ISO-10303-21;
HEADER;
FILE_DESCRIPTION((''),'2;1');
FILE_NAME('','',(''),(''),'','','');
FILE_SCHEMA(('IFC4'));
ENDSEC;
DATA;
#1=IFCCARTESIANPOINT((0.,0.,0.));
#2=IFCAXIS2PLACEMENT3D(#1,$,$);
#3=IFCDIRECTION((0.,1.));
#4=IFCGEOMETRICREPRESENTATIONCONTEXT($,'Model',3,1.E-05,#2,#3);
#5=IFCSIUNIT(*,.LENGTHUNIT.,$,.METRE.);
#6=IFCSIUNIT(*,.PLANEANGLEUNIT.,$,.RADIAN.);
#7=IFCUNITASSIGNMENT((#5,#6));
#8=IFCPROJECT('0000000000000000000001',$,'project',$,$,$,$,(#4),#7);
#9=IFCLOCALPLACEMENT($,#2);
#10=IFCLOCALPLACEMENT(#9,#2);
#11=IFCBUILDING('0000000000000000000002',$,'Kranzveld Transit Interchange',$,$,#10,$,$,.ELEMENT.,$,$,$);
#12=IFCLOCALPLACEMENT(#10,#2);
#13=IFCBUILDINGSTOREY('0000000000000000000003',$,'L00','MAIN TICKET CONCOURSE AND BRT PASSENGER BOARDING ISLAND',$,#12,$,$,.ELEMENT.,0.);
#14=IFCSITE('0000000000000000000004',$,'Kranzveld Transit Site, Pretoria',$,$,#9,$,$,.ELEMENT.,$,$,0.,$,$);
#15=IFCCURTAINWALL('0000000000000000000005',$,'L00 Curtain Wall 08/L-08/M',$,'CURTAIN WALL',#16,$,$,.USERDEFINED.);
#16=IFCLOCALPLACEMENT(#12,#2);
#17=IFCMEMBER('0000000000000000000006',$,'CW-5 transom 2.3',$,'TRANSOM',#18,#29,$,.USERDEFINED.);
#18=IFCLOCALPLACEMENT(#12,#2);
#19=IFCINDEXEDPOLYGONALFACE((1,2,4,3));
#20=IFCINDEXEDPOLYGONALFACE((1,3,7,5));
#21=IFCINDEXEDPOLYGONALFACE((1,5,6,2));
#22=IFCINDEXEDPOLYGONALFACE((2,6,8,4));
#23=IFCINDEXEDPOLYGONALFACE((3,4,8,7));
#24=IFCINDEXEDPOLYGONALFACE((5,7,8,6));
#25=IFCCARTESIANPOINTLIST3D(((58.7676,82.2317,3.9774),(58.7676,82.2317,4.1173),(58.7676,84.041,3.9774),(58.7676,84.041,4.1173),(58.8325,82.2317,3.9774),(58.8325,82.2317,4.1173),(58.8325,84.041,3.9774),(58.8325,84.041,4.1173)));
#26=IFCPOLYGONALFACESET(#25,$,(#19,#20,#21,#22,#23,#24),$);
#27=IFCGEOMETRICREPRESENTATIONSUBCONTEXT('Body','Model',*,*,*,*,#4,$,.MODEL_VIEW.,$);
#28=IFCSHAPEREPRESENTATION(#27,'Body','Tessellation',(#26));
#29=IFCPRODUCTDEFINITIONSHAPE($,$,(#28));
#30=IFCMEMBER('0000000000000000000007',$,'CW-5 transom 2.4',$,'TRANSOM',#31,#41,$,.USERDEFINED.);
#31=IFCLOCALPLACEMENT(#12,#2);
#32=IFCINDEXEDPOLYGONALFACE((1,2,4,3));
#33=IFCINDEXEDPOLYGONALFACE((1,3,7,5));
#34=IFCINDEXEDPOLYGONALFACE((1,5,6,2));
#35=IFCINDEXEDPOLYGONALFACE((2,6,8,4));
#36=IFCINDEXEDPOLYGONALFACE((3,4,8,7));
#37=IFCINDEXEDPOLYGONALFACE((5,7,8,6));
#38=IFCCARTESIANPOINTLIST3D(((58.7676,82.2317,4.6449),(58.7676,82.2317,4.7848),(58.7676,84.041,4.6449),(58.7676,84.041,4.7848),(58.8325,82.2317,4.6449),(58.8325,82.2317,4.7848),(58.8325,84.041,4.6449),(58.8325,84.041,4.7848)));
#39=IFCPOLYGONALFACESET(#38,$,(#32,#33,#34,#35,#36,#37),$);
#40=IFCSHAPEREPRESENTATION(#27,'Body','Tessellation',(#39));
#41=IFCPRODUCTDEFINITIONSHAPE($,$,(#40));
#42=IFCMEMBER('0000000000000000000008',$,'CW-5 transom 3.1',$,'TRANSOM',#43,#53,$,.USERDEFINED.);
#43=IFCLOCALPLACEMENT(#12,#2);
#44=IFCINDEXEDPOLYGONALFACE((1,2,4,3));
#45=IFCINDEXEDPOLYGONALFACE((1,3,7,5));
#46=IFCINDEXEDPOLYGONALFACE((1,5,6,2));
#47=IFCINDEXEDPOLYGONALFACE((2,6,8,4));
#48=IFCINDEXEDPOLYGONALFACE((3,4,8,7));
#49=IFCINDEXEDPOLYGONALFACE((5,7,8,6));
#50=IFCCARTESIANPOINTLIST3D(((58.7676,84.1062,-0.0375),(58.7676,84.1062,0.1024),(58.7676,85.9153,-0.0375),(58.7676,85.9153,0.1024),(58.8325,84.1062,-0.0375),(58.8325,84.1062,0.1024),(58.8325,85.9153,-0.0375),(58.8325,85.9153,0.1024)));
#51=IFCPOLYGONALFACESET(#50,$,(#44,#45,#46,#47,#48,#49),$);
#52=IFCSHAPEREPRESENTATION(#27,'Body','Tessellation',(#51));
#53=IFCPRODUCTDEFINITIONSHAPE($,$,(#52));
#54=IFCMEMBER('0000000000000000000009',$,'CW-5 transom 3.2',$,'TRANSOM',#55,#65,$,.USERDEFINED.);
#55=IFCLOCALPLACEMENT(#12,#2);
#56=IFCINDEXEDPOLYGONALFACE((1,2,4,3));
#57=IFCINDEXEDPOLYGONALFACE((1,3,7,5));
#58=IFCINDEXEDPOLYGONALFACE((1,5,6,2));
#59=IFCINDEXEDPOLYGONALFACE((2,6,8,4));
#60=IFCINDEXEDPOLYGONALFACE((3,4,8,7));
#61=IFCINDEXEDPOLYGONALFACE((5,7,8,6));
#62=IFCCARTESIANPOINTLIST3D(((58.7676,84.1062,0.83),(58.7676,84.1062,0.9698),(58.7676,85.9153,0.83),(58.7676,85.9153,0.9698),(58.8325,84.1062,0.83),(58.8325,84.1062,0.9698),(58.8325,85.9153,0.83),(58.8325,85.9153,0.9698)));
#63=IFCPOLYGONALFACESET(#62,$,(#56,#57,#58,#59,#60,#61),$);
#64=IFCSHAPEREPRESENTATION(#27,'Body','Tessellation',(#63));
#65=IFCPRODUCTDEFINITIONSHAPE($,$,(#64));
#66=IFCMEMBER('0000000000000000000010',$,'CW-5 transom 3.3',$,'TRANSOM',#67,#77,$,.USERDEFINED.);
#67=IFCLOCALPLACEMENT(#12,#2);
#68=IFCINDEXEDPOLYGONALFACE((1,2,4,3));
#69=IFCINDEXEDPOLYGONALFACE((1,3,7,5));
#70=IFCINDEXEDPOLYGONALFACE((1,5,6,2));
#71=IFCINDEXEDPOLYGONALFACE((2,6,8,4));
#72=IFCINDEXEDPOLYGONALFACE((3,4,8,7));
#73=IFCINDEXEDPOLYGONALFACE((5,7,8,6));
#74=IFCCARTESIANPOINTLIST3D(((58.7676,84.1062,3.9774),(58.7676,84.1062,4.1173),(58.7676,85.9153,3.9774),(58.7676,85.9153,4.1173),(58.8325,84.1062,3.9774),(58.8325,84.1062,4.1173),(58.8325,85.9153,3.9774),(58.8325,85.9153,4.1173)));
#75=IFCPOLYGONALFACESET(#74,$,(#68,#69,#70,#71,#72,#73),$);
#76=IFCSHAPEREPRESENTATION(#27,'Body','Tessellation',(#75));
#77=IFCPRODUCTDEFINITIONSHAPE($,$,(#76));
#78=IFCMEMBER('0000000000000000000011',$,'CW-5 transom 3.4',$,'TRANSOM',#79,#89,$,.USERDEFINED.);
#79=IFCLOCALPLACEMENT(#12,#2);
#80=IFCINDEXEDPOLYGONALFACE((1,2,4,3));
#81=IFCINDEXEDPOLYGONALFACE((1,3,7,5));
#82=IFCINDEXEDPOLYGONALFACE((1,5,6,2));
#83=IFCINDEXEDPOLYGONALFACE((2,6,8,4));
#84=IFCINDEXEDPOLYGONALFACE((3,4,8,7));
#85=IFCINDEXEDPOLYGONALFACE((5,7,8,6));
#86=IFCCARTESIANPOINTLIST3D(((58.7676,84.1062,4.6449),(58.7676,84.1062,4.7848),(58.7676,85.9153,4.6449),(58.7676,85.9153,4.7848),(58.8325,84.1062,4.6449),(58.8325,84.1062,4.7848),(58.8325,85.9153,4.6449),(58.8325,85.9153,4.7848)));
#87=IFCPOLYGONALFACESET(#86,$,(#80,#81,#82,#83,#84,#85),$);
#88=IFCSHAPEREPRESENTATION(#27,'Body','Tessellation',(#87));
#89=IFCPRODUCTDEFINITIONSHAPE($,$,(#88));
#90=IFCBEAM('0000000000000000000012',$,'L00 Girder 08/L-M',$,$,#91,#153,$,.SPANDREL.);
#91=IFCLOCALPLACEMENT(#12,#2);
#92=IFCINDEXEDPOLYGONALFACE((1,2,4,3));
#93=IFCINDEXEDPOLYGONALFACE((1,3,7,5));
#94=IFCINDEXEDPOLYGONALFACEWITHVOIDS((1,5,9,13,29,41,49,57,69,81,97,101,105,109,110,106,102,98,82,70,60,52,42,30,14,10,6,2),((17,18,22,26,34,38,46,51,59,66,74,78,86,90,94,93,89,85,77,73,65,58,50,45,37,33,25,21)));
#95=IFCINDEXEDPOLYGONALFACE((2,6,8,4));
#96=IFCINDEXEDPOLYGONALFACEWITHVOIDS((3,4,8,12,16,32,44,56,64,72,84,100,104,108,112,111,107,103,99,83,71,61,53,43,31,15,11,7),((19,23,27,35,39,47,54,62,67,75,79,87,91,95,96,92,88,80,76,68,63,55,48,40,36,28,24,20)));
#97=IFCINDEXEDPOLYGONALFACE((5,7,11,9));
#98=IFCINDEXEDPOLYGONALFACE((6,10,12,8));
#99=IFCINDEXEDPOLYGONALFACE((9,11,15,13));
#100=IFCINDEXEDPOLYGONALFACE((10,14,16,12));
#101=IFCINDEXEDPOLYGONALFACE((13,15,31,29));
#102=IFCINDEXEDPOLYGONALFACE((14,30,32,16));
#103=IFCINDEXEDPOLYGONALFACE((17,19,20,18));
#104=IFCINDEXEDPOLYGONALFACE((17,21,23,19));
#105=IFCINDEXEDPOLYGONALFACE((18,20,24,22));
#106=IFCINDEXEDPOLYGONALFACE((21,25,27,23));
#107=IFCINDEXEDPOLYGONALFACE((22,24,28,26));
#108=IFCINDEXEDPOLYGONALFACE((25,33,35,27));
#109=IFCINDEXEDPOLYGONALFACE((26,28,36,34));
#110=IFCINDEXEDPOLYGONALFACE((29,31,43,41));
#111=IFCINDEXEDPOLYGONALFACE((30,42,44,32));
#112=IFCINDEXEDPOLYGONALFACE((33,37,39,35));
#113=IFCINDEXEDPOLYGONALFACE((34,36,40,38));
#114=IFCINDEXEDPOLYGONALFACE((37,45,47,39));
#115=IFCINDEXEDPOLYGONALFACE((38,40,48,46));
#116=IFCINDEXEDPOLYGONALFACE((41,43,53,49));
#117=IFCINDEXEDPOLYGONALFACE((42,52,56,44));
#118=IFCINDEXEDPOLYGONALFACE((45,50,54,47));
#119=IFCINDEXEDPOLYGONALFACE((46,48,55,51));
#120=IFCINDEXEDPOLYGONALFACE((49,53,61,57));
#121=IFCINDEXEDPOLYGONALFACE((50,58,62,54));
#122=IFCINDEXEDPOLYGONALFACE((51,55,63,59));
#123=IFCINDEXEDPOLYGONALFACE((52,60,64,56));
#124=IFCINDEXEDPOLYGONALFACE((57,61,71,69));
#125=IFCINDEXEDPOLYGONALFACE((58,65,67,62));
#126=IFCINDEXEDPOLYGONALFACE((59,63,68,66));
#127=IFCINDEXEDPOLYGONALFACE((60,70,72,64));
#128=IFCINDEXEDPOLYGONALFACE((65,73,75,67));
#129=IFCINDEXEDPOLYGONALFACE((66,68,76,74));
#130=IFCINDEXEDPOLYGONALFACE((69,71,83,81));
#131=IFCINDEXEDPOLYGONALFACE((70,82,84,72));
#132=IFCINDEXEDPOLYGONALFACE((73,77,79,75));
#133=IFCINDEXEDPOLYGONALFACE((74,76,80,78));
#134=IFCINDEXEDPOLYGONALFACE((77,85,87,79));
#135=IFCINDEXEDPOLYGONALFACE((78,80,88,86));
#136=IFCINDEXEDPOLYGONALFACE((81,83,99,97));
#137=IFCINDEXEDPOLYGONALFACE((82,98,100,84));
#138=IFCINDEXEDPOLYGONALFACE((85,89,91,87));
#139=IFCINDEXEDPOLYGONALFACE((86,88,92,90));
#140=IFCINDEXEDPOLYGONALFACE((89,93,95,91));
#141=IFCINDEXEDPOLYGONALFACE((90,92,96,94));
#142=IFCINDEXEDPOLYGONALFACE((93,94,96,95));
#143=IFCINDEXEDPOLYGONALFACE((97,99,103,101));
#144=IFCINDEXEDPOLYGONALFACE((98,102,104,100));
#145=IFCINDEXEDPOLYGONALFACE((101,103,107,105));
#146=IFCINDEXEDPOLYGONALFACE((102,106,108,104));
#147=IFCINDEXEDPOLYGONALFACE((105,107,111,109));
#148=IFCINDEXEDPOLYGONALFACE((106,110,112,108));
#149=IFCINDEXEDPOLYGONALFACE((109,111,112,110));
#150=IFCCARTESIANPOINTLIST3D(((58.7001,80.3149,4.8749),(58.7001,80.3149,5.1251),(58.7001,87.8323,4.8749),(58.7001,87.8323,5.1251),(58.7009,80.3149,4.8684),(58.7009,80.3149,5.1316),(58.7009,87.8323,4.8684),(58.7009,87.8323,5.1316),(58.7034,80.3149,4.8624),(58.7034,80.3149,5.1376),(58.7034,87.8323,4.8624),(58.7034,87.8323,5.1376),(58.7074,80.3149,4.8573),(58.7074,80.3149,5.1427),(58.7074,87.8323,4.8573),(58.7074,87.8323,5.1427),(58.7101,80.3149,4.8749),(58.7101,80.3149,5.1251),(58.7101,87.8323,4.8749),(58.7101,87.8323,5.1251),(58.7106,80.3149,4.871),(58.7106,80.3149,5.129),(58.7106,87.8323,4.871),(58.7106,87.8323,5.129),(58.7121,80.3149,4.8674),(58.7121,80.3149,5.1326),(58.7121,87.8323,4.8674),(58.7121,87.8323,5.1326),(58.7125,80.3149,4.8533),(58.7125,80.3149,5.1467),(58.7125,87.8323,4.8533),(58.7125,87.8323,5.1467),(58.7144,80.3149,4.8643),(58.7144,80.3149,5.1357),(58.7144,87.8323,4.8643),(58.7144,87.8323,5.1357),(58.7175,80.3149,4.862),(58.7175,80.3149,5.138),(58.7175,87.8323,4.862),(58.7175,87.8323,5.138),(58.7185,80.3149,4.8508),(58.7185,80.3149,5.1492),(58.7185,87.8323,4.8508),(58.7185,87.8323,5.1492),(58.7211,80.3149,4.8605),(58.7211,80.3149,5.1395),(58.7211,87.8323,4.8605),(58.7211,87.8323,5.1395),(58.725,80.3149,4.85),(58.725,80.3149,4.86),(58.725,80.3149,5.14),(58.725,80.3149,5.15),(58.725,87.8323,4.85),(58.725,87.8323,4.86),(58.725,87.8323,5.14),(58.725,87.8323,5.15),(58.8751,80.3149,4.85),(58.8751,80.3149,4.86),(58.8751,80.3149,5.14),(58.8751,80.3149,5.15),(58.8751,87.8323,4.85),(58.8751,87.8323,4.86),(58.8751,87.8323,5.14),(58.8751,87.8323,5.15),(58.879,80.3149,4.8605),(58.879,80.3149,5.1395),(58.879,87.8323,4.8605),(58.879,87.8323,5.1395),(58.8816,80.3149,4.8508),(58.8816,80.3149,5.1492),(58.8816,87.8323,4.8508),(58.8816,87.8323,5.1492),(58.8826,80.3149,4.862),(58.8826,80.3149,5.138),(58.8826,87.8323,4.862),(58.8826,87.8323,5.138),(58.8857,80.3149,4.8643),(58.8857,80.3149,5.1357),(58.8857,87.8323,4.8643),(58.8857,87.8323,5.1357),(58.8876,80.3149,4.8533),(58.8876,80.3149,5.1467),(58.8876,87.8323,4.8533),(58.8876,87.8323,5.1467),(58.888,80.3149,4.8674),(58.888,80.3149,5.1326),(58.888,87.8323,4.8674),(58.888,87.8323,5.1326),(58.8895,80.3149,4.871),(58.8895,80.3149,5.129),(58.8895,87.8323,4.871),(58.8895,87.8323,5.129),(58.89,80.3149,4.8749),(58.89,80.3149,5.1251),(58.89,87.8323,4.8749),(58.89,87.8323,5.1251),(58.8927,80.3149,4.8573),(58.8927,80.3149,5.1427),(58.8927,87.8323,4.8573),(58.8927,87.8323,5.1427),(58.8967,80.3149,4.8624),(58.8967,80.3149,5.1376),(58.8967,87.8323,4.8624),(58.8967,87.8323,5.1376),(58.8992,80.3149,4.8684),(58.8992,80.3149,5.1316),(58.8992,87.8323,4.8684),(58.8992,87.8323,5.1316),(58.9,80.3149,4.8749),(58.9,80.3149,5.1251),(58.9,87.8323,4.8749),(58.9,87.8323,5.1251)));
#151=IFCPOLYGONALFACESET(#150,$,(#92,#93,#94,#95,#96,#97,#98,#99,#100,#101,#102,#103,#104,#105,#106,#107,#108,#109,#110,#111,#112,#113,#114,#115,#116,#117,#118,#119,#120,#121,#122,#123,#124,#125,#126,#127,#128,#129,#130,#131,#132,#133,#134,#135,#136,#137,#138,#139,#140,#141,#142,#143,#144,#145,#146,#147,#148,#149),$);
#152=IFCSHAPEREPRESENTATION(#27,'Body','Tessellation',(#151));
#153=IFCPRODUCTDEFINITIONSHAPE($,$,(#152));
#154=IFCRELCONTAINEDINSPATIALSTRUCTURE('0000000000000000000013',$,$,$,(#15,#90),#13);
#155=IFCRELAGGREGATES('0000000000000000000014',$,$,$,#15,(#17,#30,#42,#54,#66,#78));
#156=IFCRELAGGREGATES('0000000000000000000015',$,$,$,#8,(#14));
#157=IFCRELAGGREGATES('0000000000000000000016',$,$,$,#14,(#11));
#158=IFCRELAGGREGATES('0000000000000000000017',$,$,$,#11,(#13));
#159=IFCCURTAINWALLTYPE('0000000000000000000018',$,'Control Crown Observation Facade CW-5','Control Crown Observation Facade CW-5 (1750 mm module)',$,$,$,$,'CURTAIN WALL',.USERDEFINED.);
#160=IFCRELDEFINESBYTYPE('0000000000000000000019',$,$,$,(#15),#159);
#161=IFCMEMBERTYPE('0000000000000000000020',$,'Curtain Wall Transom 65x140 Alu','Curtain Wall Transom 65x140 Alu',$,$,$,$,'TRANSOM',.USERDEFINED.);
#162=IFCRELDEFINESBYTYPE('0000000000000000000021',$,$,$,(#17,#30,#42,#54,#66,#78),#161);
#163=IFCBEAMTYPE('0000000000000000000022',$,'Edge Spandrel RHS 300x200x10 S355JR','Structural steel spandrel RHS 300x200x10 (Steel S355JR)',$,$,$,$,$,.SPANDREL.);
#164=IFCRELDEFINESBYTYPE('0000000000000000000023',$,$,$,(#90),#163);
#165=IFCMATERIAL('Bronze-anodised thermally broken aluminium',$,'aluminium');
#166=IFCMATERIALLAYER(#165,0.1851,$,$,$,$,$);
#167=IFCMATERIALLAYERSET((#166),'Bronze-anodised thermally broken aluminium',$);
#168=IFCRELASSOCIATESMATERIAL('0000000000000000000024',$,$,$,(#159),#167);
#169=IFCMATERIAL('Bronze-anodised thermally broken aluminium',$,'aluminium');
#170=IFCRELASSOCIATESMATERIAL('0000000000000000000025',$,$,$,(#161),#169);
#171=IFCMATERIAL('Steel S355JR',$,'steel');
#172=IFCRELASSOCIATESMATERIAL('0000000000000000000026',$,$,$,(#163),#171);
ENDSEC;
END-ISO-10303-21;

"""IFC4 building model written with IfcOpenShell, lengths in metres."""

from ifc_helpers import new_model, si_unit, direction, frame, origin, origin_2d, place, context, subcontext, project, spatial, rectangle, hollow_rectangle, extrude, material, layer, layer_set, material_profile, profile_set, type_object, element, aggregate, save


model = new_model("IFC4")

# Units and contexts
model_context = context("Model", 3, precision=1e-05, world=origin(), true_north=direction((0.0, 1.0)))
body_context = subcontext(model_context, "Body", "Model", "MODEL_VIEW")
ifc_project = project(units=[si_unit("LENGTHUNIT", "METRE"), si_unit("PLANEANGLEUNIT", "RADIAN")], contexts=[model_context])

# Site, building, storey
site_placement = place(None, origin())
site = spatial("IfcSite", under=ifc_project, at=site_placement, Name="Kranzveld Transit Site, Pretoria", CompositionType="ELEMENT", RefElevation=0.0)
building_placement = place(site_placement, origin())
building = spatial("IfcBuilding", under=site, at=building_placement, Name="Kranzveld Transit Interchange", CompositionType="ELEMENT")
storey_placement = place(building_placement, origin())
storey = spatial("IfcBuildingStorey", under=building, at=storey_placement, Name="L00", Description="MAIN TICKET CONCOURSE AND BRT PASSENGER BOARDING ISLAND", CompositionType="ELEMENT", Elevation=0.0)

# Curtain wall, members
ifc_material_1 = material(Name="Bronze-anodised thermally broken aluminium", Category="aluminium")
ifc_layer_1 = layer(ifc_material_1, 0.1851)
ifc_layer_set_1 = layer_set([ifc_layer_1], Name="Bronze-anodised thermally broken aluminium")
curtain_wall_type_1 = type_object("IfcCurtainWallType", Name="Control Crown Observation Facade CW-5", Description="Control Crown Observation Facade CW-5 (1750 mm module)", ElementType="CURTAIN WALL", PredefinedType="USERDEFINED", material=ifc_layer_set_1)
curtain_wall_1_placement = place(storey_placement, origin())
curtain_wall_1 = element("IfcCurtainWall", 1, at=curtain_wall_1_placement, inside=storey, type_object=curtain_wall_type_1, Name="L00 Curtain Wall 08/L-08/M", ObjectType="CURTAIN WALL", PredefinedType="USERDEFINED")
ifc_material_2 = material(Name="Bronze-anodised thermally broken aluminium", Category="aluminium")
ifc_material_profile_1 = material_profile(ifc_material_2, rectangle(XDim=0.0649, YDim=0.1399, at=origin_2d()), Name="ALU TRANSOM 65x140")
ifc_profile_set_1 = profile_set([ifc_material_profile_1], Name="Bronze-anodised thermally broken aluminium")
member_type_1 = type_object("IfcMemberType", Name="Curtain Wall Transom 65x140 Alu", Description="Curtain Wall Transom 65x140 Alu", ElementType="TRANSOM", PredefinedType="USERDEFINED", material=ifc_profile_set_1)
member_1_placement = place(storey_placement, frame((58.8, 82.2317, 4.0474), z_axis=(0.0, 1.0, 0.0), x_axis=(-1.0, 0.0, 0.0)))
member_1 = element("IfcMember", 2, at=member_1_placement, type_object=member_type_1, Name="CW-5 transom 2.3", ObjectType="TRANSOM", PredefinedType="USERDEFINED", context=body_context, shape_type="SweptSolid", body=[
    extrude(rectangle(XDim=0.0649, YDim=0.1399, at=origin_2d()), origin(), (0.0, 0.0, 1.0), 1.8093),
])
member_2_placement = place(storey_placement, frame((58.8, 82.2317, 4.7148), z_axis=(0.0, 1.0, 0.0), x_axis=(-1.0, 0.0, 0.0)))
member_2 = element("IfcMember", 3, at=member_2_placement, type_object=member_type_1, Name="CW-5 transom 2.4", ObjectType="TRANSOM", PredefinedType="USERDEFINED", context=body_context, shape_type="SweptSolid", body=[
    extrude(rectangle(XDim=0.0649, YDim=0.1399, at=origin_2d()), origin(), (0.0, 0.0, 1.0), 1.8093),
])
member_3_placement = place(storey_placement, frame((58.8, 84.1062, 0.0325), z_axis=(0.0, 1.0, 0.0), x_axis=(-1.0, 0.0, 0.0)))
member_3 = element("IfcMember", 4, at=member_3_placement, type_object=member_type_1, Name="CW-5 transom 3.1", ObjectType="TRANSOM", PredefinedType="USERDEFINED", context=body_context, shape_type="SweptSolid", body=[
    extrude(rectangle(XDim=0.0649, YDim=0.1399, at=origin_2d()), origin(), (0.0, 0.0, 1.0), 1.8091),
])
member_4_placement = place(storey_placement, frame((58.8, 84.1062, 0.8999), z_axis=(0.0, 1.0, 0.0), x_axis=(-1.0, 0.0, 0.0)))
member_4 = element("IfcMember", 5, at=member_4_placement, type_object=member_type_1, Name="CW-5 transom 3.2", ObjectType="TRANSOM", PredefinedType="USERDEFINED", context=body_context, shape_type="SweptSolid", body=[
    extrude(rectangle(XDim=0.0649, YDim=0.1399, at=origin_2d()), origin(), (0.0, 0.0, 1.0), 1.8091),
])
member_5_placement = place(storey_placement, frame((58.8, 84.1062, 4.0474), z_axis=(0.0, 1.0, 0.0), x_axis=(-1.0, 0.0, 0.0)))
member_5 = element("IfcMember", 6, at=member_5_placement, type_object=member_type_1, Name="CW-5 transom 3.3", ObjectType="TRANSOM", PredefinedType="USERDEFINED", context=body_context, shape_type="SweptSolid", body=[
    extrude(rectangle(XDim=0.0649, YDim=0.1399, at=origin_2d()), origin(), (0.0, 0.0, 1.0), 1.8091),
])
member_6_placement = place(storey_placement, frame((58.8, 84.1062, 4.7148), z_axis=(0.0, 1.0, 0.0), x_axis=(-1.0, 0.0, 0.0)))
member_6 = element("IfcMember", 7, at=member_6_placement, type_object=member_type_1, Name="CW-5 transom 3.4", ObjectType="TRANSOM", PredefinedType="USERDEFINED", context=body_context, shape_type="SweptSolid", body=[
    extrude(rectangle(XDim=0.0649, YDim=0.1399, at=origin_2d()), origin(), (0.0, 0.0, 1.0), 1.8091),
])

# Beam
ifc_material_3 = material(Name="Steel S355JR", Category="steel")
ifc_material_profile_2 = material_profile(ifc_material_3, hollow_rectangle(XDim=0.2, YDim=0.3, WallThickness=0.01, InnerFilletRadius=0.0149, OuterFilletRadius=0.0249, at=origin_2d()), Name="RHS 300x200x10")
ifc_profile_set_2 = profile_set([ifc_material_profile_2], Name="Steel S355JR")
beam_type_1 = type_object("IfcBeamType", Name="Edge Spandrel RHS 300x200x10 S355JR", Description="Structural steel spandrel RHS 300x200x10 (Steel S355JR)", PredefinedType="SPANDREL", material=ifc_profile_set_2)
beam_placement = place(storey_placement, frame((58.8, 80.3149, 5.0), z_axis=(0.0, 1.0, 0.0), x_axis=(-1.0, 0.0, 0.0)))
element("IfcBeam", 8, at=beam_placement, inside=storey, type_object=beam_type_1, Name="L00 Girder 08/L-M", PredefinedType="SPANDREL", context=body_context, shape_type="SweptSolid", body=[
    extrude(hollow_rectangle(XDim=0.2, YDim=0.3, WallThickness=0.01, InnerFilletRadius=0.0149, OuterFilletRadius=0.0249, at=origin_2d()), origin(), (0.0, 0.0, 1.0), 7.5173),
])

aggregate(curtain_wall_1, [member_1, member_2, member_3, member_4, member_5, member_6])

save(model, "model.ifc")
